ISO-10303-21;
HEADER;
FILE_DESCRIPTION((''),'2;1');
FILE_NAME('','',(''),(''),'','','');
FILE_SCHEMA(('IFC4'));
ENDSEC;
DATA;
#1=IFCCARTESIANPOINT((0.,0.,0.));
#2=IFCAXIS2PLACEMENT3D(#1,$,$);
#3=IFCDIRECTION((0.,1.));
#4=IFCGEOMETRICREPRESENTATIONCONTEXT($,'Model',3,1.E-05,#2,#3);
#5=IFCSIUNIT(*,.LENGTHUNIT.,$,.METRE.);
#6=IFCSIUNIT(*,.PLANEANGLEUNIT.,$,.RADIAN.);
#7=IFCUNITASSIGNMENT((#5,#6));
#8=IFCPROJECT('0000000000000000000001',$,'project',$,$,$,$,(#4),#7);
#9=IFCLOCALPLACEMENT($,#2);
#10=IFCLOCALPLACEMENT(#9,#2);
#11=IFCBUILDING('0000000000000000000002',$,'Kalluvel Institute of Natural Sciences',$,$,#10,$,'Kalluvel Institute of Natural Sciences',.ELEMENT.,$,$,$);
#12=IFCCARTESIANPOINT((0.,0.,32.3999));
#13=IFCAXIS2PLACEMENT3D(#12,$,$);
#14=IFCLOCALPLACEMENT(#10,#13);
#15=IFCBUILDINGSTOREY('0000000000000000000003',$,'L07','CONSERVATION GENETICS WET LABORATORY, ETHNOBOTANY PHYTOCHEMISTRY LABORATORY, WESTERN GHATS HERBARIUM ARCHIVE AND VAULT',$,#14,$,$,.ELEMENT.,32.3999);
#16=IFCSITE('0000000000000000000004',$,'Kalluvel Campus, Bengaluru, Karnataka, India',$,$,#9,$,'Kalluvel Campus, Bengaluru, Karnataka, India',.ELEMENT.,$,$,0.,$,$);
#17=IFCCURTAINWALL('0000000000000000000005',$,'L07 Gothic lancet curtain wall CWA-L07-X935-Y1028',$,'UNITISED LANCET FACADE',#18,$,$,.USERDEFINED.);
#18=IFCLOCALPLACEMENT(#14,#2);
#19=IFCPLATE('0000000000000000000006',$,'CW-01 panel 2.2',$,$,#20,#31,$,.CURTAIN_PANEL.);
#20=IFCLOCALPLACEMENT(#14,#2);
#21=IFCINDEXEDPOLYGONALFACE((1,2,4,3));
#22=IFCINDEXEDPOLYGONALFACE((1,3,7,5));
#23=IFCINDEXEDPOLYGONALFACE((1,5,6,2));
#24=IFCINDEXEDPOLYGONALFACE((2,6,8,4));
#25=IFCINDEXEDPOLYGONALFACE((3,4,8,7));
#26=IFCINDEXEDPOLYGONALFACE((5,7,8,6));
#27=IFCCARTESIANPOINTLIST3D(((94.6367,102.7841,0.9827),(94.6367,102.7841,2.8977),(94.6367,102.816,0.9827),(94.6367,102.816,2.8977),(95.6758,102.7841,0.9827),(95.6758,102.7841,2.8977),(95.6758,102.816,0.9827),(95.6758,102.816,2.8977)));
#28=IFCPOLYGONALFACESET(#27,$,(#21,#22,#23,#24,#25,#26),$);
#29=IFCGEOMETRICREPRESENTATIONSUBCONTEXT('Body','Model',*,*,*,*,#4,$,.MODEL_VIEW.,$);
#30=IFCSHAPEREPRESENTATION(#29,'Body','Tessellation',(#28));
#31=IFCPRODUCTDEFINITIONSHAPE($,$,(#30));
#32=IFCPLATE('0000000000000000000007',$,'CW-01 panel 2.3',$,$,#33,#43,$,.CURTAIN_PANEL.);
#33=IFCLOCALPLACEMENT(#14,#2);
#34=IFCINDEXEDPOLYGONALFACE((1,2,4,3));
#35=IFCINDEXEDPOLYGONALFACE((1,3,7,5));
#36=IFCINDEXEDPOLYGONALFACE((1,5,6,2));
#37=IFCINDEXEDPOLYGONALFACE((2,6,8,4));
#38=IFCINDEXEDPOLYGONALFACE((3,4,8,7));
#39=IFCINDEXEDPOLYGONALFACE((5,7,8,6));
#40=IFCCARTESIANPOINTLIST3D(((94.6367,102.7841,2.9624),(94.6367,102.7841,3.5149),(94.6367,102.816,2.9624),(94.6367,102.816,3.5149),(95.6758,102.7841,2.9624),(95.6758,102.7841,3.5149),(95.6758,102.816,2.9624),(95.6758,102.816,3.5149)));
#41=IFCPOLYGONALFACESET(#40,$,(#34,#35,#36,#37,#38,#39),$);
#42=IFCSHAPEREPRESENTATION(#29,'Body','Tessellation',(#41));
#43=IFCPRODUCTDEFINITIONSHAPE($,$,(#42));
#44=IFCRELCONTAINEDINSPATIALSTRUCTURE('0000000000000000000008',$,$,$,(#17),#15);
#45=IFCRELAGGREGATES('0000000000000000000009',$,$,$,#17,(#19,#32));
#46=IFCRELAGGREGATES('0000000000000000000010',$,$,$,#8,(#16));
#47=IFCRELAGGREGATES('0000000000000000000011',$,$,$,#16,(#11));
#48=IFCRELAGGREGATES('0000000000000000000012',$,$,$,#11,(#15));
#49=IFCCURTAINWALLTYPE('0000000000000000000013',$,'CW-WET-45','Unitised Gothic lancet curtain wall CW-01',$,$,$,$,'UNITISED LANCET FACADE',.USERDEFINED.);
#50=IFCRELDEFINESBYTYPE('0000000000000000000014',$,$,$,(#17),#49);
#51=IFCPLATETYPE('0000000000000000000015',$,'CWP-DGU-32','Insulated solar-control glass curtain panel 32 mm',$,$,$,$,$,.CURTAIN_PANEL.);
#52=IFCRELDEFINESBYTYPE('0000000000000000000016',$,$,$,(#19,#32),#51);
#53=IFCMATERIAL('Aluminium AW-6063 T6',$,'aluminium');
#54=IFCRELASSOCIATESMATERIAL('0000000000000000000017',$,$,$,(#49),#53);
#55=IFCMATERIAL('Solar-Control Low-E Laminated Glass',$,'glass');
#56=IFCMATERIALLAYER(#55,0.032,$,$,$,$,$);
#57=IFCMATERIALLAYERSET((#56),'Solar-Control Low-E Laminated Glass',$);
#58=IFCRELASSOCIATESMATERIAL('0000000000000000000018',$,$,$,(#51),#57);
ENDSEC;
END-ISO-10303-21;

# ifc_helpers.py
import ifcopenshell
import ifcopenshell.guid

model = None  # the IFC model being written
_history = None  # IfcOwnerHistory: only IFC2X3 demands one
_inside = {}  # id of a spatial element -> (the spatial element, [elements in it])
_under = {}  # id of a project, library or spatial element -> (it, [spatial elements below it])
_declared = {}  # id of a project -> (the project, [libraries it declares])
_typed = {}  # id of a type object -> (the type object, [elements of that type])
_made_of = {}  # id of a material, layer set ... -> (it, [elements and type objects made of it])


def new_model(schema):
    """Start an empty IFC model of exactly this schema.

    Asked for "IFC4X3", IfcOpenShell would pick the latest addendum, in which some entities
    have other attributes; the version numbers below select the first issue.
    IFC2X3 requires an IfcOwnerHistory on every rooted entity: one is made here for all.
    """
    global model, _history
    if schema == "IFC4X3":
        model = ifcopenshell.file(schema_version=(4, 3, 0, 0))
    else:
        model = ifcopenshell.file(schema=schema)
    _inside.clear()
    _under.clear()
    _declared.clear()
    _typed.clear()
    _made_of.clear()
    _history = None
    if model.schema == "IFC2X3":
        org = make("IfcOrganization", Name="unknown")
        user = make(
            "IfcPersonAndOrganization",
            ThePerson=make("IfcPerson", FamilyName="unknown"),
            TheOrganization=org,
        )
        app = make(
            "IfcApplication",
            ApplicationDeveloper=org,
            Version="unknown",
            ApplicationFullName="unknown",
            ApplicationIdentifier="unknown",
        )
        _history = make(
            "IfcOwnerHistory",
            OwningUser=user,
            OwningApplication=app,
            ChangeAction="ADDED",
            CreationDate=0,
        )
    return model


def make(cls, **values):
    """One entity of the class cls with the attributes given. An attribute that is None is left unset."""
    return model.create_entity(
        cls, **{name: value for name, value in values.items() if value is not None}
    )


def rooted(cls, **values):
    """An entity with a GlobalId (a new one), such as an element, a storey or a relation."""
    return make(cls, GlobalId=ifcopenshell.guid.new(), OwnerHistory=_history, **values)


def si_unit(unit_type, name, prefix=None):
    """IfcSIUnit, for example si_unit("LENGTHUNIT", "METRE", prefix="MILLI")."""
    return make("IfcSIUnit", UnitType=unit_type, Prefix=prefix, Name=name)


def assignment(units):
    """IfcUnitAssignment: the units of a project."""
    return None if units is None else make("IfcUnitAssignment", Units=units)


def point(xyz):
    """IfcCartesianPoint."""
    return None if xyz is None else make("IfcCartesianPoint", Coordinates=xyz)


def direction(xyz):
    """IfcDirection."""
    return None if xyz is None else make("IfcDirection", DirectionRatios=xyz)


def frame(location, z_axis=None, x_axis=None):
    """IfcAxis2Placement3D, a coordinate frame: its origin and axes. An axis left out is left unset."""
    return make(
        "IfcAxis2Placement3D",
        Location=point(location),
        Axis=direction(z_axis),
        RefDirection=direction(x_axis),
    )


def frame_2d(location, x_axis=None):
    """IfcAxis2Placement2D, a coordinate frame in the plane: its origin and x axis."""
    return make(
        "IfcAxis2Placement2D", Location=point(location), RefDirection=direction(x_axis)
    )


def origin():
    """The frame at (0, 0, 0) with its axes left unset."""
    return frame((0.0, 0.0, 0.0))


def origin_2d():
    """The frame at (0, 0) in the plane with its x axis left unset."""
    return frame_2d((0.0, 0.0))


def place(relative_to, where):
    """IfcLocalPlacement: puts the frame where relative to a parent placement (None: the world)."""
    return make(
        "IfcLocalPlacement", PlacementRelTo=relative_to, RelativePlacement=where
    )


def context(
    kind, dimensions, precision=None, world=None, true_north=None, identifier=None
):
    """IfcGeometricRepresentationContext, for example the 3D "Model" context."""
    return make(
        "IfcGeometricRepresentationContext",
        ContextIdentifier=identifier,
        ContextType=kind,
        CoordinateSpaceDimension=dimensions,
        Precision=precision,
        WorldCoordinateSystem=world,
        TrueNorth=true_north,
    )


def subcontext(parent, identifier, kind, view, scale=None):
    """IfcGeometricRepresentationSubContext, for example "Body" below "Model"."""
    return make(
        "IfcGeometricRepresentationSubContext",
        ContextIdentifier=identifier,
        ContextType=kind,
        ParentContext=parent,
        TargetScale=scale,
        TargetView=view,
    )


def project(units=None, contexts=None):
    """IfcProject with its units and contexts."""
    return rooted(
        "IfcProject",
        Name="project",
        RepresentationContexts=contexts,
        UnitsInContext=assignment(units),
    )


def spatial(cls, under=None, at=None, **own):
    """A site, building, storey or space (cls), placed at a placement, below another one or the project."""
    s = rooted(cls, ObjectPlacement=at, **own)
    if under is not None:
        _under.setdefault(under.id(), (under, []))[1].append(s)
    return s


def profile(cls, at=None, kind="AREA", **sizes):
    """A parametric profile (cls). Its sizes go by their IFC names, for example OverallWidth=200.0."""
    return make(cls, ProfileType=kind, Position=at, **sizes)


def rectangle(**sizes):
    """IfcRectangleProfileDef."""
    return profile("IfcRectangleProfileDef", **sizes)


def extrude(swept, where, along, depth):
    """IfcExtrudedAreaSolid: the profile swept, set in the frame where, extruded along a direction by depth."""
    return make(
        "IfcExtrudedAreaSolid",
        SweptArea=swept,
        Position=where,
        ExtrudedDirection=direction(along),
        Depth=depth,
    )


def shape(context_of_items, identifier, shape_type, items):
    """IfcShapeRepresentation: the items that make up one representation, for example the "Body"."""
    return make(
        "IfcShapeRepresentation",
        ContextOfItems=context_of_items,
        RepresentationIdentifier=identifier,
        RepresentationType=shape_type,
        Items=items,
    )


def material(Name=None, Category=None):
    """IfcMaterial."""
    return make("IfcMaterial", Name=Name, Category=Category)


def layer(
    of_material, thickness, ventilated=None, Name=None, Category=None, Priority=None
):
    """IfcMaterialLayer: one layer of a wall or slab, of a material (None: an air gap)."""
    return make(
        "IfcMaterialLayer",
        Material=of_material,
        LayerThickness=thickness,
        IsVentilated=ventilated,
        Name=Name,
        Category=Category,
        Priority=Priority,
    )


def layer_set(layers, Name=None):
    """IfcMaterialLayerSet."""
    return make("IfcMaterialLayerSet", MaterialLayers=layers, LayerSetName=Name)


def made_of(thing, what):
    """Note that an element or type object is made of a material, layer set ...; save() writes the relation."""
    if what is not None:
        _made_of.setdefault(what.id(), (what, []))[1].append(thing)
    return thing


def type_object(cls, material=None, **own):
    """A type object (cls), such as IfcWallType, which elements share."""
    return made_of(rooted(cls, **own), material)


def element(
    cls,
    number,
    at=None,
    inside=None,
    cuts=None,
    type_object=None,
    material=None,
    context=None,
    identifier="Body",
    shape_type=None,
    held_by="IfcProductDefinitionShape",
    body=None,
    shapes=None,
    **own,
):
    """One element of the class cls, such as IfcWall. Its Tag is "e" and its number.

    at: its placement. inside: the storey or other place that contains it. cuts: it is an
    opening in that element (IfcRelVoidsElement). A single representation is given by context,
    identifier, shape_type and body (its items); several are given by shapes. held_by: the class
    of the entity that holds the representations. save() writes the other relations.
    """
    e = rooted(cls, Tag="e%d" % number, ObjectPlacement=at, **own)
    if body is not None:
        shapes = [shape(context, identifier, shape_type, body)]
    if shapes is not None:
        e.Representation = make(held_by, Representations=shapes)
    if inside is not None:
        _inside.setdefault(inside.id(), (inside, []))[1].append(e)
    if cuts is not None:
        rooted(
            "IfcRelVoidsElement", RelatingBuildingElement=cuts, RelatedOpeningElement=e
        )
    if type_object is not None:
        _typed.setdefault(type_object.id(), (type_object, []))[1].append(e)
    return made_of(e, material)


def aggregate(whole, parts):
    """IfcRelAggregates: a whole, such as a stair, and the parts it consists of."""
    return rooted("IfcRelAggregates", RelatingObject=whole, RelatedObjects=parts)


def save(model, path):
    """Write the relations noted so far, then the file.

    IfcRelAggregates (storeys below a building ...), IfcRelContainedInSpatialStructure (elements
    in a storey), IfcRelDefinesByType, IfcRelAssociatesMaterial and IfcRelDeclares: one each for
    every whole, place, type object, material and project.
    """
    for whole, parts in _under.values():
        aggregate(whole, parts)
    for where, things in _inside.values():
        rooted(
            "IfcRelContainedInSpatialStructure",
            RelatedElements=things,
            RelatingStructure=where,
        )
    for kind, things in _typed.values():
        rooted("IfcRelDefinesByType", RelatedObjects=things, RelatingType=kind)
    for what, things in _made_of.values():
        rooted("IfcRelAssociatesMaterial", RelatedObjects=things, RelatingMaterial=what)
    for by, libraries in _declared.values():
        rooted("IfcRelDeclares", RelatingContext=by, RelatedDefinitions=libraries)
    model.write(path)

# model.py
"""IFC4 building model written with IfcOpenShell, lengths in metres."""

from ifc_helpers import new_model, si_unit, direction, frame, origin, origin_2d, place, context, subcontext, project, spatial, rectangle, extrude, material, layer, layer_set, type_object, element, aggregate, save


model = new_model("IFC4")

# Units and contexts
model_context = context("Model", 3, precision=1e-05, world=origin(), true_north=direction((0.0, 1.0)))
body_context = subcontext(model_context, "Body", "Model", "MODEL_VIEW")
ifc_project = project(units=[si_unit("LENGTHUNIT", "METRE"), si_unit("PLANEANGLEUNIT", "RADIAN")], contexts=[model_context])

# Site, building, storey
site_placement = place(None, origin())
site = spatial("IfcSite", under=ifc_project, at=site_placement, Name="Kalluvel Campus, Bengaluru, Karnataka, India", LongName="Kalluvel Campus, Bengaluru, Karnataka, India", CompositionType="ELEMENT", RefElevation=0.0)
building_placement = place(site_placement, origin())
building = spatial("IfcBuilding", under=site, at=building_placement, Name="Kalluvel Institute of Natural Sciences", LongName="Kalluvel Institute of Natural Sciences", CompositionType="ELEMENT")
storey_placement = place(building_placement, frame((0.0, 0.0, 32.3999)))
storey = spatial("IfcBuildingStorey", under=building, at=storey_placement, Name="L07", Description="CONSERVATION GENETICS WET LABORATORY, ETHNOBOTANY PHYTOCHEMISTRY LABORATORY, WESTERN GHATS HERBARIUM ARCHIVE AND VAULT", CompositionType="ELEMENT", Elevation=32.3999)

# Curtain wall
ifc_material_1 = material(Name="Aluminium AW-6063 T6", Category="aluminium")
curtain_wall_type = type_object("IfcCurtainWallType", Name="CW-WET-45", Description="Unitised Gothic lancet curtain wall CW-01", ElementType="UNITISED LANCET FACADE", PredefinedType="USERDEFINED", material=ifc_material_1)
curtain_wall_1_placement = place(storey_placement, origin())
curtain_wall_1 = element("IfcCurtainWall", 1, at=curtain_wall_1_placement, inside=storey, type_object=curtain_wall_type, Name="L07 Gothic lancet curtain wall CWA-L07-X935-Y1028", ObjectType="UNITISED LANCET FACADE", PredefinedType="USERDEFINED")

# Plates
ifc_material_2 = material(Name="Solar-Control Low-E Laminated Glass", Category="glass")
ifc_layer = layer(ifc_material_2, 0.032)
ifc_layer_set = layer_set([ifc_layer], Name="Solar-Control Low-E Laminated Glass")
plate_type = type_object("IfcPlateType", Name="CWP-DGU-32", Description="Insulated solar-control glass curtain panel 32 mm", PredefinedType="CURTAIN_PANEL", material=ifc_layer_set)
plate_1_placement = place(storey_placement, frame((95.1562, 102.8, 0.9827), z_axis=(0.0, 0.0, 1.0), x_axis=(1.0, 0.0, 0.0)))
plate_1 = element("IfcPlate", 2, at=plate_1_placement, type_object=plate_type, Name="CW-01 panel 2.2", PredefinedType="CURTAIN_PANEL", context=body_context, shape_type="SweptSolid", body=[
    extrude(rectangle(XDim=1.0391, YDim=0.032, at=origin_2d()), origin(), (0.0, 0.0, 1.0), 1.915),
])
plate_2_placement = place(storey_placement, frame((95.1562, 102.8, 2.9624), z_axis=(0.0, 0.0, 1.0), x_axis=(1.0, 0.0, 0.0)))
plate_2 = element("IfcPlate", 3, at=plate_2_placement, type_object=plate_type, Name="CW-01 panel 2.3", PredefinedType="CURTAIN_PANEL", context=body_context, shape_type="SweptSolid", body=[
    extrude(rectangle(XDim=1.0391, YDim=0.032, at=origin_2d()), origin(), (0.0, 0.0, 1.0), 0.5525),
])
aggregate(curtain_wall_1, [plate_1, plate_2])

save(model, "model.ifc")
